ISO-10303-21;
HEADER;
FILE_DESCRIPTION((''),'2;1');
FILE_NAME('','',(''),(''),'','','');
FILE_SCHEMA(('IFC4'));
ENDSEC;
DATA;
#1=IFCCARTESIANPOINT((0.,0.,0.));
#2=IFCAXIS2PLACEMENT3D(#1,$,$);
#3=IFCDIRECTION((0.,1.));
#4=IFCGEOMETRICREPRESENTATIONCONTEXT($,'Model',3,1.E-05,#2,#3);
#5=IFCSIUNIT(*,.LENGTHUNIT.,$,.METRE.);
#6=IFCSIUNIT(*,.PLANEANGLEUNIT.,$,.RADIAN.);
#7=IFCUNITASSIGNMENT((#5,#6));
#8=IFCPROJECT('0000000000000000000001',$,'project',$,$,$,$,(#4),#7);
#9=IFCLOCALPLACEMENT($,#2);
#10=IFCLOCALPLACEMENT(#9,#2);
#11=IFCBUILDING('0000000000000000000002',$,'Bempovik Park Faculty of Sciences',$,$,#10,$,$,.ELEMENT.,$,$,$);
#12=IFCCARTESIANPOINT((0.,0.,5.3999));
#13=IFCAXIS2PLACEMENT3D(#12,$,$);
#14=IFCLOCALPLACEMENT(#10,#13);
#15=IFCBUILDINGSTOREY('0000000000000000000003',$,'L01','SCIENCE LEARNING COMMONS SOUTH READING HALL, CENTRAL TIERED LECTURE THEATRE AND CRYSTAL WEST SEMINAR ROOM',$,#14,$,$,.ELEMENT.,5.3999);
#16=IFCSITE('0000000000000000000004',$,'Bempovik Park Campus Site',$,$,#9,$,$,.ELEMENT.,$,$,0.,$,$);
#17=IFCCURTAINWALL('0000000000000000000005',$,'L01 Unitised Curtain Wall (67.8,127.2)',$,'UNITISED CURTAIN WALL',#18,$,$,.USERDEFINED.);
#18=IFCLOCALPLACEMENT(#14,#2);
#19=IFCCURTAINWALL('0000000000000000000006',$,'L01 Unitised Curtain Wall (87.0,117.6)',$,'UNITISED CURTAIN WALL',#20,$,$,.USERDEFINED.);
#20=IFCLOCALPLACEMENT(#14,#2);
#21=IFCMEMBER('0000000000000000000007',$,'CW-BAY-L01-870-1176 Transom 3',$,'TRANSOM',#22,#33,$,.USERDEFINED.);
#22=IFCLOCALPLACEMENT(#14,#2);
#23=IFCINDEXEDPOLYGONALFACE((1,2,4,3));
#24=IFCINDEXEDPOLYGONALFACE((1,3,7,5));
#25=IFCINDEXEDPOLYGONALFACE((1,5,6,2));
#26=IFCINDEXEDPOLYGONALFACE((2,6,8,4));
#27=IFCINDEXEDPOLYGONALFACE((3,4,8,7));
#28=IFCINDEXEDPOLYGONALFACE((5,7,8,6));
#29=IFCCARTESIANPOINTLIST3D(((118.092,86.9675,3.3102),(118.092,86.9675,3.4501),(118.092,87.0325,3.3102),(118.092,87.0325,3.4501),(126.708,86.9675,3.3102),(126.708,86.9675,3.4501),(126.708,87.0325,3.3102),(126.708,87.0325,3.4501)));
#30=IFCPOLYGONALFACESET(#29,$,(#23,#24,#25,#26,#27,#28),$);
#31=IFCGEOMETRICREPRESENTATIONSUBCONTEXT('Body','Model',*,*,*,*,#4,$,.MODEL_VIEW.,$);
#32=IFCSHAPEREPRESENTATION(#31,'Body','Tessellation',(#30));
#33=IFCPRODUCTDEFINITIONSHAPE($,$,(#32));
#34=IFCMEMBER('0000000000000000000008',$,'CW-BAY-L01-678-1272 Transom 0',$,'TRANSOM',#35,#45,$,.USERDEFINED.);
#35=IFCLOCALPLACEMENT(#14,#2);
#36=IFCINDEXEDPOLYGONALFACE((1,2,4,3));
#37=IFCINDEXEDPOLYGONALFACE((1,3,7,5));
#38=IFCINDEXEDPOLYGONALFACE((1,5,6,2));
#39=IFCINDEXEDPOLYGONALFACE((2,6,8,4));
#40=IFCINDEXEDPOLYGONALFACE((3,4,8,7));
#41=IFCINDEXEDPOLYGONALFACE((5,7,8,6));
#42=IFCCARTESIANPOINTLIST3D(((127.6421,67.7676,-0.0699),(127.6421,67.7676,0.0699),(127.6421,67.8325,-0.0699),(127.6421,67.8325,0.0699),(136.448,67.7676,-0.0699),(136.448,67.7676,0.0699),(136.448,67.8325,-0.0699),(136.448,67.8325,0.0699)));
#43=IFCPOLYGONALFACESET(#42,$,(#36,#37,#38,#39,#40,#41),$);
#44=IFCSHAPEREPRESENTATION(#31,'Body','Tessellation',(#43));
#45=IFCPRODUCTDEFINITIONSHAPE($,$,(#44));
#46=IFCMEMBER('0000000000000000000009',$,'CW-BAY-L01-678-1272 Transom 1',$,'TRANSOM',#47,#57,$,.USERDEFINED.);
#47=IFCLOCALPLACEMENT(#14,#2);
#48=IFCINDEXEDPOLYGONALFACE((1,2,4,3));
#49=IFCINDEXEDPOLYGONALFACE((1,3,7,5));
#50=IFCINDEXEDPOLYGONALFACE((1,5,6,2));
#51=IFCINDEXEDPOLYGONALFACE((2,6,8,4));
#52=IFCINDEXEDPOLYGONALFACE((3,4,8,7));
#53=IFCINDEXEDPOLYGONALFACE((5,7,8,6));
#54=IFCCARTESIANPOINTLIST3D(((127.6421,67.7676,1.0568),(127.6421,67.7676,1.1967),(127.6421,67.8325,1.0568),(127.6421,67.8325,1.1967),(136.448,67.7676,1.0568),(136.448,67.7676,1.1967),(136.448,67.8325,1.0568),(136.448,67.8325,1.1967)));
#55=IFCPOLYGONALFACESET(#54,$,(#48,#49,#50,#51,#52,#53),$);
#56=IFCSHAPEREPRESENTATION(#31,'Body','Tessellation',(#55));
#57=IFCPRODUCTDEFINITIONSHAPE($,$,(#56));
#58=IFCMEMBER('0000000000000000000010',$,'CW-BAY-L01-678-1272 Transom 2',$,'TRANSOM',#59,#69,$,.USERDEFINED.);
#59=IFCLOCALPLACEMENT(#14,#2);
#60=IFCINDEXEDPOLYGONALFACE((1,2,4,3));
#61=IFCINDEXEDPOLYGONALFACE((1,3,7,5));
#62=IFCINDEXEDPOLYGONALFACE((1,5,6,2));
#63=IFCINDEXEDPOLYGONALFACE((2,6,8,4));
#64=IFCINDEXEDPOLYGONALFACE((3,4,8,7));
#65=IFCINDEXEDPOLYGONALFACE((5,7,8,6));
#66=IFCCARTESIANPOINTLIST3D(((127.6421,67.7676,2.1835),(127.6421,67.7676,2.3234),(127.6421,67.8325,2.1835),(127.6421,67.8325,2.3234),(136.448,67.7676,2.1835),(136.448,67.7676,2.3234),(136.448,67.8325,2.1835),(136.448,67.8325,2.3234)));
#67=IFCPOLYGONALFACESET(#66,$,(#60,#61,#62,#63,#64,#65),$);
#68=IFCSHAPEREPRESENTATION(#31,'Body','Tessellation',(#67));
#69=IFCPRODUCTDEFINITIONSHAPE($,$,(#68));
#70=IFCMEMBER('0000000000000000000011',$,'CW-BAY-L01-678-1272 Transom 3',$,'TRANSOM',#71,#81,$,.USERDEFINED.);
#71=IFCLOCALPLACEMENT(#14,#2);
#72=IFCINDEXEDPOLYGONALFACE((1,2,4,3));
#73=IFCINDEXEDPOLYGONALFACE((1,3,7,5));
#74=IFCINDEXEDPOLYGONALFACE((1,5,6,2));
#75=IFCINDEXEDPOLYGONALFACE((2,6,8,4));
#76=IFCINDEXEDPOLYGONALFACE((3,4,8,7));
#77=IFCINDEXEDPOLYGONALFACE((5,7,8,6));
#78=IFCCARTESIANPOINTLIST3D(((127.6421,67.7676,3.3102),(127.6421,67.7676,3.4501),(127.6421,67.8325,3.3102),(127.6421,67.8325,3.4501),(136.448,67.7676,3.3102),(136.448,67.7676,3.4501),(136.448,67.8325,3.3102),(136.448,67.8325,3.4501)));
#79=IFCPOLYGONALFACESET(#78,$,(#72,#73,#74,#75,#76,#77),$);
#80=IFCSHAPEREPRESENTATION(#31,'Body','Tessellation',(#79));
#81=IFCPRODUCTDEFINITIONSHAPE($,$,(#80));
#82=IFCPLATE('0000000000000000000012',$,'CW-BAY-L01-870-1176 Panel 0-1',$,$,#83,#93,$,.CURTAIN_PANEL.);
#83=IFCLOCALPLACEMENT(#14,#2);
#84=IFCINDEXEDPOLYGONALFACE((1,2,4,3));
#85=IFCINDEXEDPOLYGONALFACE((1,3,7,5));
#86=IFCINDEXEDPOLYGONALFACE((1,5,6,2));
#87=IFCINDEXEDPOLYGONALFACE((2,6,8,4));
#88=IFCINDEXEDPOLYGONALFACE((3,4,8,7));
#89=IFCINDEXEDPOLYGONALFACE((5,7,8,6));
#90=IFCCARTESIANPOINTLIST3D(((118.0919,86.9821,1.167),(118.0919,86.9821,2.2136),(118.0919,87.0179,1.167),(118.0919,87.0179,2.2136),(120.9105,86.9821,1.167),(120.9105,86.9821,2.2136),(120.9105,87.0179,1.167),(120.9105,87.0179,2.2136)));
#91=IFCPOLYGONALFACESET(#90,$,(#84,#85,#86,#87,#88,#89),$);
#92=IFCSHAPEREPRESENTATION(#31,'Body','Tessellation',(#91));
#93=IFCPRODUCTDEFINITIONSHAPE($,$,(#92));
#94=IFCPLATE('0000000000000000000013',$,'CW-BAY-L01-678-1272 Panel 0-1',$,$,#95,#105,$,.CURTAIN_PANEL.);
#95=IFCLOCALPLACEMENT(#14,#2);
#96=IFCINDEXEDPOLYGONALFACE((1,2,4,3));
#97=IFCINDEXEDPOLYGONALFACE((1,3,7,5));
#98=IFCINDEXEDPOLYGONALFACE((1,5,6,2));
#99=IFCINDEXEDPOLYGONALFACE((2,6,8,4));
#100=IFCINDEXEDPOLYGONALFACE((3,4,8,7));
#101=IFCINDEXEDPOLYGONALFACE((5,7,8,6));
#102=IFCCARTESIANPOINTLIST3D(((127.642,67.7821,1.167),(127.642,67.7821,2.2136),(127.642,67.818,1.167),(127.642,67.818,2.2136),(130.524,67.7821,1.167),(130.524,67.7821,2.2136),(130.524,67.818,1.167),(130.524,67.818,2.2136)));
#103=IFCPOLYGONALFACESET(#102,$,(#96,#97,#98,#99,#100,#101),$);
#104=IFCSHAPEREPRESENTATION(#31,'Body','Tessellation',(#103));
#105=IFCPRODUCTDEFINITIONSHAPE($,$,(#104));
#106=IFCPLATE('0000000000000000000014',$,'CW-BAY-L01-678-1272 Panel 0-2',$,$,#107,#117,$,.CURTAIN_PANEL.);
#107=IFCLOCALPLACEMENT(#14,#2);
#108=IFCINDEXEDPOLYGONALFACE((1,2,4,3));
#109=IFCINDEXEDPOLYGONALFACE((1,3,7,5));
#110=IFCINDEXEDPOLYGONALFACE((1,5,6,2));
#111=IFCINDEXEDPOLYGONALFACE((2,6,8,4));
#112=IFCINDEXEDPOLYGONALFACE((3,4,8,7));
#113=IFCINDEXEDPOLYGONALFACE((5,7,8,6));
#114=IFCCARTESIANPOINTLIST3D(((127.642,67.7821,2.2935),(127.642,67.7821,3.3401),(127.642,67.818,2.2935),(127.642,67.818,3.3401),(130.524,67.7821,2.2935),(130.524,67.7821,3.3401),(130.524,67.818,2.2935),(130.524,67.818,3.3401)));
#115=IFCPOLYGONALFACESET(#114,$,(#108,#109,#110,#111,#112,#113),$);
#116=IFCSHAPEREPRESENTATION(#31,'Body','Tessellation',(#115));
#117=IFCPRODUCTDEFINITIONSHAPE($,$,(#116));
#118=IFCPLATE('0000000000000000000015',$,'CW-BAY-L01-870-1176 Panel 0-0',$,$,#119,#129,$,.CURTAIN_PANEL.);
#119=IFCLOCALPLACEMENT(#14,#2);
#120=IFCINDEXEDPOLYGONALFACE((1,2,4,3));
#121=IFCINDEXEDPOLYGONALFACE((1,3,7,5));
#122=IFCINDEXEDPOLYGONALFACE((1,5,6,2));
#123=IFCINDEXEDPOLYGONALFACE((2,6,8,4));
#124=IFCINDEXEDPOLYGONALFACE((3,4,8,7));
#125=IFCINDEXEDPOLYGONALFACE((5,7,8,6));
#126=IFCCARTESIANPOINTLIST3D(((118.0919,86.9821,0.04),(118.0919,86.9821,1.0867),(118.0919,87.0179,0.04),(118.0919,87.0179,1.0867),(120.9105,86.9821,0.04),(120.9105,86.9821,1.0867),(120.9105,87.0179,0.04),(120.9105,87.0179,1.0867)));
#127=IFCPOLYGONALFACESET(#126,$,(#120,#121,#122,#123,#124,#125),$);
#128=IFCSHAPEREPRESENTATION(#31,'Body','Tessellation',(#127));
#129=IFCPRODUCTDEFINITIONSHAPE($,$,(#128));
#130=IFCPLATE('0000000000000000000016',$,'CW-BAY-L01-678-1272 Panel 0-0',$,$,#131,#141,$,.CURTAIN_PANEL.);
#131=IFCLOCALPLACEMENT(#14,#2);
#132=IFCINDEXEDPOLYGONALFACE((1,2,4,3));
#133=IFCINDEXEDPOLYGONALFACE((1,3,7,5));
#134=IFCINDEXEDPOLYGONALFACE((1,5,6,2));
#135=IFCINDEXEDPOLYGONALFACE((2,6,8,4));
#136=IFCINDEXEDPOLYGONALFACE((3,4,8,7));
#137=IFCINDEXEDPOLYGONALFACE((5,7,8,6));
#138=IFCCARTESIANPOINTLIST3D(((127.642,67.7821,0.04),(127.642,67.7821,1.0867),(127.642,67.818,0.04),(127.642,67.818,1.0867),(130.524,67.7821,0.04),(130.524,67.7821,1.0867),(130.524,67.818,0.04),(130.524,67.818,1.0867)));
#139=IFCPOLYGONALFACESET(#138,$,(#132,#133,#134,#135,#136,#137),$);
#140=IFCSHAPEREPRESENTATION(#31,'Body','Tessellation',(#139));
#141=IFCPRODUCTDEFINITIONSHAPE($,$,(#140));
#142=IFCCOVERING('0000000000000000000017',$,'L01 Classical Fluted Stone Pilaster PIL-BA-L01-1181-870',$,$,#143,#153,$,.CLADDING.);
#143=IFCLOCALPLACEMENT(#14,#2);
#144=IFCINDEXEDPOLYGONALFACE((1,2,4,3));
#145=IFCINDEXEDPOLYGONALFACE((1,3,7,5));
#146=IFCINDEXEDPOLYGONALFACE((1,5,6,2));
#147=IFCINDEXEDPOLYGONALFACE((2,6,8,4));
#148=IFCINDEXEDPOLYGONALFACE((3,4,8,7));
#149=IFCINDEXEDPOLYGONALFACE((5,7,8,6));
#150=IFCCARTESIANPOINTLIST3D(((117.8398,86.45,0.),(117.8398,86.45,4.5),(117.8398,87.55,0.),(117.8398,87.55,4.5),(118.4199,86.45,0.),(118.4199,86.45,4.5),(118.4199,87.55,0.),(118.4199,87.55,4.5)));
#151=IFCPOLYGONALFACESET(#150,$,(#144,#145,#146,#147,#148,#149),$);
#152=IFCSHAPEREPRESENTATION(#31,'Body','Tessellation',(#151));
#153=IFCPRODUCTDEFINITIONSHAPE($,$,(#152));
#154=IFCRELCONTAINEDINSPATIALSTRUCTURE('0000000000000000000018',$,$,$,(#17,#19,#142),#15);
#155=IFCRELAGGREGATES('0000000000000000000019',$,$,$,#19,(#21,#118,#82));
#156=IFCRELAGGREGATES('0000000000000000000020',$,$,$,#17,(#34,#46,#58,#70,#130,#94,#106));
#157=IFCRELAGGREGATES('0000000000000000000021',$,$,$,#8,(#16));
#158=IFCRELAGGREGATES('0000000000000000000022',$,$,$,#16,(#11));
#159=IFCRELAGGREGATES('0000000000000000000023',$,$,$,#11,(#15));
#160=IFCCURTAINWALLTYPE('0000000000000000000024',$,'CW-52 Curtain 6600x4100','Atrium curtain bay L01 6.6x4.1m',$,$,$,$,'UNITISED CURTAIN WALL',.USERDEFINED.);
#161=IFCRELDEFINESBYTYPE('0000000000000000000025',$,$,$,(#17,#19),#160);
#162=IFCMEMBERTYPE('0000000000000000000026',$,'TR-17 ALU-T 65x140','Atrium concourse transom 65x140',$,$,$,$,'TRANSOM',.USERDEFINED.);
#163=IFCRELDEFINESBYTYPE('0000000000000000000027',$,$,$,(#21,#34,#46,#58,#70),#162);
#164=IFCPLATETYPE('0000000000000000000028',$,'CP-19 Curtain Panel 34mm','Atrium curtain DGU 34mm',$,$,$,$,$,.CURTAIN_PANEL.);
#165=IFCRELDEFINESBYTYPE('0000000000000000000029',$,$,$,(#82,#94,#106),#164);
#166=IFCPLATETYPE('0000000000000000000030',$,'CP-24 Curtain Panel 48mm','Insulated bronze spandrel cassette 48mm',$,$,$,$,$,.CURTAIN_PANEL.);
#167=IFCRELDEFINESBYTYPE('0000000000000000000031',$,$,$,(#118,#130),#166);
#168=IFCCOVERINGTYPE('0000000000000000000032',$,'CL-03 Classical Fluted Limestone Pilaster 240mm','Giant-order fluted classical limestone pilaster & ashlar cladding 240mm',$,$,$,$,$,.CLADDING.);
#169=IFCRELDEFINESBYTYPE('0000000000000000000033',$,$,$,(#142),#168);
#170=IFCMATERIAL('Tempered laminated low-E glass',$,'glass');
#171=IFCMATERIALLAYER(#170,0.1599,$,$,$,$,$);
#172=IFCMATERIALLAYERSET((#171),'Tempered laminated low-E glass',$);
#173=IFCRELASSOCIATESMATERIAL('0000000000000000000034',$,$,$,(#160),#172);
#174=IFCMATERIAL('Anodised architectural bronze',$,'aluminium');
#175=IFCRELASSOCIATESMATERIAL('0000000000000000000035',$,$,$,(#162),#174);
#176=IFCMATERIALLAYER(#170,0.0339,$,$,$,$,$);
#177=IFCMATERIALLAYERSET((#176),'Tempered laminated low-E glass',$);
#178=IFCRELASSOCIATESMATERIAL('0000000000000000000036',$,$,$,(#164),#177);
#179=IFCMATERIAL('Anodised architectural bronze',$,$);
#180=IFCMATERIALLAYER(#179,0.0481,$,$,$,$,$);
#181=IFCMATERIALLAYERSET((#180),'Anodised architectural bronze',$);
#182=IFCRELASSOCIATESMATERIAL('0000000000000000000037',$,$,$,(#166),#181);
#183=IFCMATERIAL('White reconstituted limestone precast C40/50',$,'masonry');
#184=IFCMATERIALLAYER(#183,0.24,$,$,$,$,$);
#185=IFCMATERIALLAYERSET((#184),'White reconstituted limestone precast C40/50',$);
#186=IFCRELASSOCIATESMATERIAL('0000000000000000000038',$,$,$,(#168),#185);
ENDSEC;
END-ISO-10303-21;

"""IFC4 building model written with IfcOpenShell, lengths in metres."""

from ifc_helpers import new_model, si_unit, direction, frame, origin, origin_2d, place, context, subcontext, project, spatial, rectangle, extrude, material, layer, layer_set, material_profile, profile_set, type_object, element, aggregate, save


model = new_model("IFC4")

# Units and contexts
model_context = context("Model", 3, precision=1e-05, world=origin(), true_north=direction((0.0, 1.0)))
body_context = subcontext(model_context, "Body", "Model", "MODEL_VIEW")
ifc_project = project(units=[si_unit("LENGTHUNIT", "METRE"), si_unit("PLANEANGLEUNIT", "RADIAN")], contexts=[model_context])

# Site, building, storey
site_placement = place(None, origin())
site = spatial("IfcSite", under=ifc_project, at=site_placement, Name="Bempovik Park Campus Site", CompositionType="ELEMENT", RefElevation=0.0)
building_placement = place(site_placement, origin())
building = spatial("IfcBuilding", under=site, at=building_placement, Name="Bempovik Park Faculty of Sciences", CompositionType="ELEMENT")
storey_placement = place(building_placement, frame((0.0, 0.0, 5.3999)))
storey = spatial("IfcBuildingStorey", under=building, at=storey_placement, Name="L01", Description="SCIENCE LEARNING COMMONS SOUTH READING HALL, CENTRAL TIERED LECTURE THEATRE AND CRYSTAL WEST SEMINAR ROOM", CompositionType="ELEMENT", Elevation=5.3999)

# Curtain wall
ifc_material_1 = material(Name="Tempered laminated low-E glass", Category="glass")
ifc_layer_1 = layer(ifc_material_1, 0.1599)
ifc_layer_set_1 = layer_set([ifc_layer_1], Name="Tempered laminated low-E glass")
curtain_wall_type = type_object("IfcCurtainWallType", Name="CW-52 Curtain 6600x4100", Description="Atrium curtain bay L01 6.6x4.1m", ElementType="UNITISED CURTAIN WALL", PredefinedType="USERDEFINED", material=ifc_layer_set_1)
curtain_wall_1_placement = place(storey_placement, origin())
curtain_wall_1 = element("IfcCurtainWall", 1, at=curtain_wall_1_placement, inside=storey, type_object=curtain_wall_type, Name="L01 Unitised Curtain Wall (67.8,127.2)", ObjectType="UNITISED CURTAIN WALL", PredefinedType="USERDEFINED")
ifc_material_2 = material(Name="Anodised architectural bronze", Category="aluminium")

# Curtain wall, member
curtain_wall_2_placement = place(storey_placement, origin())
curtain_wall_2 = element("IfcCurtainWall", 2, at=curtain_wall_2_placement, inside=storey, type_object=curtain_wall_type, Name="L01 Unitised Curtain Wall (87.0,117.6)", ObjectType="UNITISED CURTAIN WALL", PredefinedType="USERDEFINED")
ifc_material_profile_1 = material_profile(ifc_material_2, rectangle(XDim=0.0649, YDim=0.1399, at=origin_2d()), Name="ALU-T 65x140")
ifc_profile_set_1 = profile_set([ifc_material_profile_1], Name="Anodised architectural bronze")
member_type_1 = type_object("IfcMemberType", Name="TR-17 ALU-T 65x140", Description="Atrium concourse transom 65x140", ElementType="TRANSOM", PredefinedType="USERDEFINED", material=ifc_profile_set_1)
member_1_placement = place(storey_placement, frame((118.092, 87.0, 3.3801), z_axis=(1.0, 0.0, 0.0), x_axis=(0.0, 1.0, 0.0)))
member_1 = element("IfcMember", 3, at=member_1_placement, type_object=member_type_1, Name="CW-BAY-L01-870-1176 Transom 3", ObjectType="TRANSOM", PredefinedType="USERDEFINED", context=body_context, shape_type="SweptSolid", body=[
    extrude(rectangle(XDim=0.0649, YDim=0.1399, at=origin_2d()), origin(), (0.0, 0.0, 1.0), 8.616),
])

# Members
member_2_placement = place(storey_placement, frame((127.6421, 67.8, 0.0), z_axis=(1.0, 0.0, 0.0), x_axis=(0.0, 1.0, 0.0)))
member_2 = element("IfcMember", 4, at=member_2_placement, type_object=member_type_1, Name="CW-BAY-L01-678-1272 Transom 0", ObjectType="TRANSOM", PredefinedType="USERDEFINED", context=body_context, shape_type="SweptSolid", body=[
    extrude(rectangle(XDim=0.0649, YDim=0.1399, at=origin_2d()), origin(), (0.0, 0.0, 1.0), 8.8059),
])
member_3_placement = place(storey_placement, frame((127.6421, 67.8, 1.1267), z_axis=(1.0, 0.0, 0.0), x_axis=(0.0, 1.0, 0.0)))
member_3 = element("IfcMember", 5, at=member_3_placement, type_object=member_type_1, Name="CW-BAY-L01-678-1272 Transom 1", ObjectType="TRANSOM", PredefinedType="USERDEFINED", context=body_context, shape_type="SweptSolid", body=[
    extrude(rectangle(XDim=0.0649, YDim=0.1399, at=origin_2d()), origin(), (0.0, 0.0, 1.0), 8.8059),
])
member_4_placement = place(storey_placement, frame((127.6421, 67.8, 2.2534), z_axis=(1.0, 0.0, 0.0), x_axis=(0.0, 1.0, 0.0)))
member_4 = element("IfcMember", 6, at=member_4_placement, type_object=member_type_1, Name="CW-BAY-L01-678-1272 Transom 2", ObjectType="TRANSOM", PredefinedType="USERDEFINED", context=body_context, shape_type="SweptSolid", body=[
    extrude(rectangle(XDim=0.0649, YDim=0.1399, at=origin_2d()), origin(), (0.0, 0.0, 1.0), 8.8059),
])
member_5_placement = place(storey_placement, frame((127.6421, 67.8, 3.3801), z_axis=(1.0, 0.0, 0.0), x_axis=(0.0, 1.0, 0.0)))
member_5 = element("IfcMember", 7, at=member_5_placement, type_object=member_type_1, Name="CW-BAY-L01-678-1272 Transom 3", ObjectType="TRANSOM", PredefinedType="USERDEFINED", context=body_context, shape_type="SweptSolid", body=[
    extrude(rectangle(XDim=0.0649, YDim=0.1399, at=origin_2d()), origin(), (0.0, 0.0, 1.0), 8.8059),
])

# Plates
ifc_layer_2 = layer(ifc_material_1, 0.0339)
ifc_layer_set_2 = layer_set([ifc_layer_2], Name="Tempered laminated low-E glass")
plate_type_1 = type_object("IfcPlateType", Name="CP-19 Curtain Panel 34mm", Description="Atrium curtain DGU 34mm", PredefinedType="CURTAIN_PANEL", material=ifc_layer_set_2)
plate_1_placement = place(storey_placement, frame((119.5012, 87.0, 1.167), z_axis=(0.0, 0.0, 1.0), x_axis=(1.0, 0.0, 0.0)))
plate_1 = element("IfcPlate", 8, at=plate_1_placement, type_object=plate_type_1, Name="CW-BAY-L01-870-1176 Panel 0-1", PredefinedType="CURTAIN_PANEL", context=body_context, shape_type="SweptSolid", body=[
    extrude(rectangle(XDim=2.8186, YDim=0.0359, at=origin_2d()), origin(), (0.0, 0.0, 1.0), 1.0466),
])
plate_2_placement = place(storey_placement, frame((129.083, 67.8, 1.167), z_axis=(0.0, 0.0, 1.0), x_axis=(1.0, 0.0, 0.0)))
plate_2 = element("IfcPlate", 9, at=plate_2_placement, type_object=plate_type_1, Name="CW-BAY-L01-678-1272 Panel 0-1", PredefinedType="CURTAIN_PANEL", context=body_context, shape_type="SweptSolid", body=[
    extrude(rectangle(XDim=2.8821, YDim=0.0359, at=origin_2d()), origin(), (0.0, 0.0, 1.0), 1.0466),
])
plate_3_placement = place(storey_placement, frame((129.083, 67.8, 2.2935), z_axis=(0.0, 0.0, 1.0), x_axis=(1.0, 0.0, 0.0)))
plate_3 = element("IfcPlate", 10, at=plate_3_placement, type_object=plate_type_1, Name="CW-BAY-L01-678-1272 Panel 0-2", PredefinedType="CURTAIN_PANEL", context=body_context, shape_type="SweptSolid", body=[
    extrude(rectangle(XDim=2.8821, YDim=0.0359, at=origin_2d()), origin(), (0.0, 0.0, 1.0), 1.0466),
])
ifc_material_3 = material(Name="Anodised architectural bronze")
ifc_layer_3 = layer(ifc_material_3, 0.0481)
ifc_layer_set_3 = layer_set([ifc_layer_3], Name="Anodised architectural bronze")
plate_type_2 = type_object("IfcPlateType", Name="CP-24 Curtain Panel 48mm", Description="Insulated bronze spandrel cassette 48mm", PredefinedType="CURTAIN_PANEL", material=ifc_layer_set_3)
plate_4_placement = place(storey_placement, frame((119.5012, 87.0, 0.04), z_axis=(0.0, 0.0, 1.0), x_axis=(1.0, 0.0, 0.0)))
plate_4 = element("IfcPlate", 11, at=plate_4_placement, type_object=plate_type_2, Name="CW-BAY-L01-870-1176 Panel 0-0", PredefinedType="CURTAIN_PANEL", context=body_context, shape_type="SweptSolid", body=[
    extrude(rectangle(XDim=2.8186, YDim=0.0359, at=origin_2d()), origin(), (0.0, 0.0, 1.0), 1.0466),
])
aggregate(curtain_wall_2, [member_1, plate_4, plate_1])
plate_5_placement = place(storey_placement, frame((129.083, 67.8, 0.04), z_axis=(0.0, 0.0, 1.0), x_axis=(1.0, 0.0, 0.0)))
plate_5 = element("IfcPlate", 12, at=plate_5_placement, type_object=plate_type_2, Name="CW-BAY-L01-678-1272 Panel 0-0", PredefinedType="CURTAIN_PANEL", context=body_context, shape_type="SweptSolid", body=[
    extrude(rectangle(XDim=2.8821, YDim=0.0359, at=origin_2d()), origin(), (0.0, 0.0, 1.0), 1.0466),
])
aggregate(curtain_wall_1, [member_2, member_3, member_4, member_5, plate_5, plate_2, plate_3])

# Covering
ifc_material_4 = material(Name="White reconstituted limestone precast C40/50", Category="masonry")
ifc_layer_4 = layer(ifc_material_4, 0.24)
ifc_layer_set_4 = layer_set([ifc_layer_4], Name="White reconstituted limestone precast C40/50")
covering_type = type_object("IfcCoveringType", Name="CL-03 Classical Fluted Limestone Pilaster 240mm", Description="Giant-order fluted classical limestone pilaster & ashlar cladding 240mm", PredefinedType="CLADDING", material=ifc_layer_set_4)
covering_placement = place(storey_placement, frame((118.1299, 87.0, 0.0), z_axis=(0.0, 0.0, 1.0), x_axis=(1.0, 0.0, 0.0)))
element("IfcCovering", 13, at=covering_placement, inside=storey, type_object=covering_type, Name="L01 Classical Fluted Stone Pilaster PIL-BA-L01-1181-870", PredefinedType="CLADDING", context=body_context, shape_type="SweptSolid", body=[
    extrude(rectangle(XDim=0.5801, YDim=1.1001, at=origin_2d()), origin(), (0.0, 0.0, 1.0), 4.5),
])

save(model, "model.ifc")
